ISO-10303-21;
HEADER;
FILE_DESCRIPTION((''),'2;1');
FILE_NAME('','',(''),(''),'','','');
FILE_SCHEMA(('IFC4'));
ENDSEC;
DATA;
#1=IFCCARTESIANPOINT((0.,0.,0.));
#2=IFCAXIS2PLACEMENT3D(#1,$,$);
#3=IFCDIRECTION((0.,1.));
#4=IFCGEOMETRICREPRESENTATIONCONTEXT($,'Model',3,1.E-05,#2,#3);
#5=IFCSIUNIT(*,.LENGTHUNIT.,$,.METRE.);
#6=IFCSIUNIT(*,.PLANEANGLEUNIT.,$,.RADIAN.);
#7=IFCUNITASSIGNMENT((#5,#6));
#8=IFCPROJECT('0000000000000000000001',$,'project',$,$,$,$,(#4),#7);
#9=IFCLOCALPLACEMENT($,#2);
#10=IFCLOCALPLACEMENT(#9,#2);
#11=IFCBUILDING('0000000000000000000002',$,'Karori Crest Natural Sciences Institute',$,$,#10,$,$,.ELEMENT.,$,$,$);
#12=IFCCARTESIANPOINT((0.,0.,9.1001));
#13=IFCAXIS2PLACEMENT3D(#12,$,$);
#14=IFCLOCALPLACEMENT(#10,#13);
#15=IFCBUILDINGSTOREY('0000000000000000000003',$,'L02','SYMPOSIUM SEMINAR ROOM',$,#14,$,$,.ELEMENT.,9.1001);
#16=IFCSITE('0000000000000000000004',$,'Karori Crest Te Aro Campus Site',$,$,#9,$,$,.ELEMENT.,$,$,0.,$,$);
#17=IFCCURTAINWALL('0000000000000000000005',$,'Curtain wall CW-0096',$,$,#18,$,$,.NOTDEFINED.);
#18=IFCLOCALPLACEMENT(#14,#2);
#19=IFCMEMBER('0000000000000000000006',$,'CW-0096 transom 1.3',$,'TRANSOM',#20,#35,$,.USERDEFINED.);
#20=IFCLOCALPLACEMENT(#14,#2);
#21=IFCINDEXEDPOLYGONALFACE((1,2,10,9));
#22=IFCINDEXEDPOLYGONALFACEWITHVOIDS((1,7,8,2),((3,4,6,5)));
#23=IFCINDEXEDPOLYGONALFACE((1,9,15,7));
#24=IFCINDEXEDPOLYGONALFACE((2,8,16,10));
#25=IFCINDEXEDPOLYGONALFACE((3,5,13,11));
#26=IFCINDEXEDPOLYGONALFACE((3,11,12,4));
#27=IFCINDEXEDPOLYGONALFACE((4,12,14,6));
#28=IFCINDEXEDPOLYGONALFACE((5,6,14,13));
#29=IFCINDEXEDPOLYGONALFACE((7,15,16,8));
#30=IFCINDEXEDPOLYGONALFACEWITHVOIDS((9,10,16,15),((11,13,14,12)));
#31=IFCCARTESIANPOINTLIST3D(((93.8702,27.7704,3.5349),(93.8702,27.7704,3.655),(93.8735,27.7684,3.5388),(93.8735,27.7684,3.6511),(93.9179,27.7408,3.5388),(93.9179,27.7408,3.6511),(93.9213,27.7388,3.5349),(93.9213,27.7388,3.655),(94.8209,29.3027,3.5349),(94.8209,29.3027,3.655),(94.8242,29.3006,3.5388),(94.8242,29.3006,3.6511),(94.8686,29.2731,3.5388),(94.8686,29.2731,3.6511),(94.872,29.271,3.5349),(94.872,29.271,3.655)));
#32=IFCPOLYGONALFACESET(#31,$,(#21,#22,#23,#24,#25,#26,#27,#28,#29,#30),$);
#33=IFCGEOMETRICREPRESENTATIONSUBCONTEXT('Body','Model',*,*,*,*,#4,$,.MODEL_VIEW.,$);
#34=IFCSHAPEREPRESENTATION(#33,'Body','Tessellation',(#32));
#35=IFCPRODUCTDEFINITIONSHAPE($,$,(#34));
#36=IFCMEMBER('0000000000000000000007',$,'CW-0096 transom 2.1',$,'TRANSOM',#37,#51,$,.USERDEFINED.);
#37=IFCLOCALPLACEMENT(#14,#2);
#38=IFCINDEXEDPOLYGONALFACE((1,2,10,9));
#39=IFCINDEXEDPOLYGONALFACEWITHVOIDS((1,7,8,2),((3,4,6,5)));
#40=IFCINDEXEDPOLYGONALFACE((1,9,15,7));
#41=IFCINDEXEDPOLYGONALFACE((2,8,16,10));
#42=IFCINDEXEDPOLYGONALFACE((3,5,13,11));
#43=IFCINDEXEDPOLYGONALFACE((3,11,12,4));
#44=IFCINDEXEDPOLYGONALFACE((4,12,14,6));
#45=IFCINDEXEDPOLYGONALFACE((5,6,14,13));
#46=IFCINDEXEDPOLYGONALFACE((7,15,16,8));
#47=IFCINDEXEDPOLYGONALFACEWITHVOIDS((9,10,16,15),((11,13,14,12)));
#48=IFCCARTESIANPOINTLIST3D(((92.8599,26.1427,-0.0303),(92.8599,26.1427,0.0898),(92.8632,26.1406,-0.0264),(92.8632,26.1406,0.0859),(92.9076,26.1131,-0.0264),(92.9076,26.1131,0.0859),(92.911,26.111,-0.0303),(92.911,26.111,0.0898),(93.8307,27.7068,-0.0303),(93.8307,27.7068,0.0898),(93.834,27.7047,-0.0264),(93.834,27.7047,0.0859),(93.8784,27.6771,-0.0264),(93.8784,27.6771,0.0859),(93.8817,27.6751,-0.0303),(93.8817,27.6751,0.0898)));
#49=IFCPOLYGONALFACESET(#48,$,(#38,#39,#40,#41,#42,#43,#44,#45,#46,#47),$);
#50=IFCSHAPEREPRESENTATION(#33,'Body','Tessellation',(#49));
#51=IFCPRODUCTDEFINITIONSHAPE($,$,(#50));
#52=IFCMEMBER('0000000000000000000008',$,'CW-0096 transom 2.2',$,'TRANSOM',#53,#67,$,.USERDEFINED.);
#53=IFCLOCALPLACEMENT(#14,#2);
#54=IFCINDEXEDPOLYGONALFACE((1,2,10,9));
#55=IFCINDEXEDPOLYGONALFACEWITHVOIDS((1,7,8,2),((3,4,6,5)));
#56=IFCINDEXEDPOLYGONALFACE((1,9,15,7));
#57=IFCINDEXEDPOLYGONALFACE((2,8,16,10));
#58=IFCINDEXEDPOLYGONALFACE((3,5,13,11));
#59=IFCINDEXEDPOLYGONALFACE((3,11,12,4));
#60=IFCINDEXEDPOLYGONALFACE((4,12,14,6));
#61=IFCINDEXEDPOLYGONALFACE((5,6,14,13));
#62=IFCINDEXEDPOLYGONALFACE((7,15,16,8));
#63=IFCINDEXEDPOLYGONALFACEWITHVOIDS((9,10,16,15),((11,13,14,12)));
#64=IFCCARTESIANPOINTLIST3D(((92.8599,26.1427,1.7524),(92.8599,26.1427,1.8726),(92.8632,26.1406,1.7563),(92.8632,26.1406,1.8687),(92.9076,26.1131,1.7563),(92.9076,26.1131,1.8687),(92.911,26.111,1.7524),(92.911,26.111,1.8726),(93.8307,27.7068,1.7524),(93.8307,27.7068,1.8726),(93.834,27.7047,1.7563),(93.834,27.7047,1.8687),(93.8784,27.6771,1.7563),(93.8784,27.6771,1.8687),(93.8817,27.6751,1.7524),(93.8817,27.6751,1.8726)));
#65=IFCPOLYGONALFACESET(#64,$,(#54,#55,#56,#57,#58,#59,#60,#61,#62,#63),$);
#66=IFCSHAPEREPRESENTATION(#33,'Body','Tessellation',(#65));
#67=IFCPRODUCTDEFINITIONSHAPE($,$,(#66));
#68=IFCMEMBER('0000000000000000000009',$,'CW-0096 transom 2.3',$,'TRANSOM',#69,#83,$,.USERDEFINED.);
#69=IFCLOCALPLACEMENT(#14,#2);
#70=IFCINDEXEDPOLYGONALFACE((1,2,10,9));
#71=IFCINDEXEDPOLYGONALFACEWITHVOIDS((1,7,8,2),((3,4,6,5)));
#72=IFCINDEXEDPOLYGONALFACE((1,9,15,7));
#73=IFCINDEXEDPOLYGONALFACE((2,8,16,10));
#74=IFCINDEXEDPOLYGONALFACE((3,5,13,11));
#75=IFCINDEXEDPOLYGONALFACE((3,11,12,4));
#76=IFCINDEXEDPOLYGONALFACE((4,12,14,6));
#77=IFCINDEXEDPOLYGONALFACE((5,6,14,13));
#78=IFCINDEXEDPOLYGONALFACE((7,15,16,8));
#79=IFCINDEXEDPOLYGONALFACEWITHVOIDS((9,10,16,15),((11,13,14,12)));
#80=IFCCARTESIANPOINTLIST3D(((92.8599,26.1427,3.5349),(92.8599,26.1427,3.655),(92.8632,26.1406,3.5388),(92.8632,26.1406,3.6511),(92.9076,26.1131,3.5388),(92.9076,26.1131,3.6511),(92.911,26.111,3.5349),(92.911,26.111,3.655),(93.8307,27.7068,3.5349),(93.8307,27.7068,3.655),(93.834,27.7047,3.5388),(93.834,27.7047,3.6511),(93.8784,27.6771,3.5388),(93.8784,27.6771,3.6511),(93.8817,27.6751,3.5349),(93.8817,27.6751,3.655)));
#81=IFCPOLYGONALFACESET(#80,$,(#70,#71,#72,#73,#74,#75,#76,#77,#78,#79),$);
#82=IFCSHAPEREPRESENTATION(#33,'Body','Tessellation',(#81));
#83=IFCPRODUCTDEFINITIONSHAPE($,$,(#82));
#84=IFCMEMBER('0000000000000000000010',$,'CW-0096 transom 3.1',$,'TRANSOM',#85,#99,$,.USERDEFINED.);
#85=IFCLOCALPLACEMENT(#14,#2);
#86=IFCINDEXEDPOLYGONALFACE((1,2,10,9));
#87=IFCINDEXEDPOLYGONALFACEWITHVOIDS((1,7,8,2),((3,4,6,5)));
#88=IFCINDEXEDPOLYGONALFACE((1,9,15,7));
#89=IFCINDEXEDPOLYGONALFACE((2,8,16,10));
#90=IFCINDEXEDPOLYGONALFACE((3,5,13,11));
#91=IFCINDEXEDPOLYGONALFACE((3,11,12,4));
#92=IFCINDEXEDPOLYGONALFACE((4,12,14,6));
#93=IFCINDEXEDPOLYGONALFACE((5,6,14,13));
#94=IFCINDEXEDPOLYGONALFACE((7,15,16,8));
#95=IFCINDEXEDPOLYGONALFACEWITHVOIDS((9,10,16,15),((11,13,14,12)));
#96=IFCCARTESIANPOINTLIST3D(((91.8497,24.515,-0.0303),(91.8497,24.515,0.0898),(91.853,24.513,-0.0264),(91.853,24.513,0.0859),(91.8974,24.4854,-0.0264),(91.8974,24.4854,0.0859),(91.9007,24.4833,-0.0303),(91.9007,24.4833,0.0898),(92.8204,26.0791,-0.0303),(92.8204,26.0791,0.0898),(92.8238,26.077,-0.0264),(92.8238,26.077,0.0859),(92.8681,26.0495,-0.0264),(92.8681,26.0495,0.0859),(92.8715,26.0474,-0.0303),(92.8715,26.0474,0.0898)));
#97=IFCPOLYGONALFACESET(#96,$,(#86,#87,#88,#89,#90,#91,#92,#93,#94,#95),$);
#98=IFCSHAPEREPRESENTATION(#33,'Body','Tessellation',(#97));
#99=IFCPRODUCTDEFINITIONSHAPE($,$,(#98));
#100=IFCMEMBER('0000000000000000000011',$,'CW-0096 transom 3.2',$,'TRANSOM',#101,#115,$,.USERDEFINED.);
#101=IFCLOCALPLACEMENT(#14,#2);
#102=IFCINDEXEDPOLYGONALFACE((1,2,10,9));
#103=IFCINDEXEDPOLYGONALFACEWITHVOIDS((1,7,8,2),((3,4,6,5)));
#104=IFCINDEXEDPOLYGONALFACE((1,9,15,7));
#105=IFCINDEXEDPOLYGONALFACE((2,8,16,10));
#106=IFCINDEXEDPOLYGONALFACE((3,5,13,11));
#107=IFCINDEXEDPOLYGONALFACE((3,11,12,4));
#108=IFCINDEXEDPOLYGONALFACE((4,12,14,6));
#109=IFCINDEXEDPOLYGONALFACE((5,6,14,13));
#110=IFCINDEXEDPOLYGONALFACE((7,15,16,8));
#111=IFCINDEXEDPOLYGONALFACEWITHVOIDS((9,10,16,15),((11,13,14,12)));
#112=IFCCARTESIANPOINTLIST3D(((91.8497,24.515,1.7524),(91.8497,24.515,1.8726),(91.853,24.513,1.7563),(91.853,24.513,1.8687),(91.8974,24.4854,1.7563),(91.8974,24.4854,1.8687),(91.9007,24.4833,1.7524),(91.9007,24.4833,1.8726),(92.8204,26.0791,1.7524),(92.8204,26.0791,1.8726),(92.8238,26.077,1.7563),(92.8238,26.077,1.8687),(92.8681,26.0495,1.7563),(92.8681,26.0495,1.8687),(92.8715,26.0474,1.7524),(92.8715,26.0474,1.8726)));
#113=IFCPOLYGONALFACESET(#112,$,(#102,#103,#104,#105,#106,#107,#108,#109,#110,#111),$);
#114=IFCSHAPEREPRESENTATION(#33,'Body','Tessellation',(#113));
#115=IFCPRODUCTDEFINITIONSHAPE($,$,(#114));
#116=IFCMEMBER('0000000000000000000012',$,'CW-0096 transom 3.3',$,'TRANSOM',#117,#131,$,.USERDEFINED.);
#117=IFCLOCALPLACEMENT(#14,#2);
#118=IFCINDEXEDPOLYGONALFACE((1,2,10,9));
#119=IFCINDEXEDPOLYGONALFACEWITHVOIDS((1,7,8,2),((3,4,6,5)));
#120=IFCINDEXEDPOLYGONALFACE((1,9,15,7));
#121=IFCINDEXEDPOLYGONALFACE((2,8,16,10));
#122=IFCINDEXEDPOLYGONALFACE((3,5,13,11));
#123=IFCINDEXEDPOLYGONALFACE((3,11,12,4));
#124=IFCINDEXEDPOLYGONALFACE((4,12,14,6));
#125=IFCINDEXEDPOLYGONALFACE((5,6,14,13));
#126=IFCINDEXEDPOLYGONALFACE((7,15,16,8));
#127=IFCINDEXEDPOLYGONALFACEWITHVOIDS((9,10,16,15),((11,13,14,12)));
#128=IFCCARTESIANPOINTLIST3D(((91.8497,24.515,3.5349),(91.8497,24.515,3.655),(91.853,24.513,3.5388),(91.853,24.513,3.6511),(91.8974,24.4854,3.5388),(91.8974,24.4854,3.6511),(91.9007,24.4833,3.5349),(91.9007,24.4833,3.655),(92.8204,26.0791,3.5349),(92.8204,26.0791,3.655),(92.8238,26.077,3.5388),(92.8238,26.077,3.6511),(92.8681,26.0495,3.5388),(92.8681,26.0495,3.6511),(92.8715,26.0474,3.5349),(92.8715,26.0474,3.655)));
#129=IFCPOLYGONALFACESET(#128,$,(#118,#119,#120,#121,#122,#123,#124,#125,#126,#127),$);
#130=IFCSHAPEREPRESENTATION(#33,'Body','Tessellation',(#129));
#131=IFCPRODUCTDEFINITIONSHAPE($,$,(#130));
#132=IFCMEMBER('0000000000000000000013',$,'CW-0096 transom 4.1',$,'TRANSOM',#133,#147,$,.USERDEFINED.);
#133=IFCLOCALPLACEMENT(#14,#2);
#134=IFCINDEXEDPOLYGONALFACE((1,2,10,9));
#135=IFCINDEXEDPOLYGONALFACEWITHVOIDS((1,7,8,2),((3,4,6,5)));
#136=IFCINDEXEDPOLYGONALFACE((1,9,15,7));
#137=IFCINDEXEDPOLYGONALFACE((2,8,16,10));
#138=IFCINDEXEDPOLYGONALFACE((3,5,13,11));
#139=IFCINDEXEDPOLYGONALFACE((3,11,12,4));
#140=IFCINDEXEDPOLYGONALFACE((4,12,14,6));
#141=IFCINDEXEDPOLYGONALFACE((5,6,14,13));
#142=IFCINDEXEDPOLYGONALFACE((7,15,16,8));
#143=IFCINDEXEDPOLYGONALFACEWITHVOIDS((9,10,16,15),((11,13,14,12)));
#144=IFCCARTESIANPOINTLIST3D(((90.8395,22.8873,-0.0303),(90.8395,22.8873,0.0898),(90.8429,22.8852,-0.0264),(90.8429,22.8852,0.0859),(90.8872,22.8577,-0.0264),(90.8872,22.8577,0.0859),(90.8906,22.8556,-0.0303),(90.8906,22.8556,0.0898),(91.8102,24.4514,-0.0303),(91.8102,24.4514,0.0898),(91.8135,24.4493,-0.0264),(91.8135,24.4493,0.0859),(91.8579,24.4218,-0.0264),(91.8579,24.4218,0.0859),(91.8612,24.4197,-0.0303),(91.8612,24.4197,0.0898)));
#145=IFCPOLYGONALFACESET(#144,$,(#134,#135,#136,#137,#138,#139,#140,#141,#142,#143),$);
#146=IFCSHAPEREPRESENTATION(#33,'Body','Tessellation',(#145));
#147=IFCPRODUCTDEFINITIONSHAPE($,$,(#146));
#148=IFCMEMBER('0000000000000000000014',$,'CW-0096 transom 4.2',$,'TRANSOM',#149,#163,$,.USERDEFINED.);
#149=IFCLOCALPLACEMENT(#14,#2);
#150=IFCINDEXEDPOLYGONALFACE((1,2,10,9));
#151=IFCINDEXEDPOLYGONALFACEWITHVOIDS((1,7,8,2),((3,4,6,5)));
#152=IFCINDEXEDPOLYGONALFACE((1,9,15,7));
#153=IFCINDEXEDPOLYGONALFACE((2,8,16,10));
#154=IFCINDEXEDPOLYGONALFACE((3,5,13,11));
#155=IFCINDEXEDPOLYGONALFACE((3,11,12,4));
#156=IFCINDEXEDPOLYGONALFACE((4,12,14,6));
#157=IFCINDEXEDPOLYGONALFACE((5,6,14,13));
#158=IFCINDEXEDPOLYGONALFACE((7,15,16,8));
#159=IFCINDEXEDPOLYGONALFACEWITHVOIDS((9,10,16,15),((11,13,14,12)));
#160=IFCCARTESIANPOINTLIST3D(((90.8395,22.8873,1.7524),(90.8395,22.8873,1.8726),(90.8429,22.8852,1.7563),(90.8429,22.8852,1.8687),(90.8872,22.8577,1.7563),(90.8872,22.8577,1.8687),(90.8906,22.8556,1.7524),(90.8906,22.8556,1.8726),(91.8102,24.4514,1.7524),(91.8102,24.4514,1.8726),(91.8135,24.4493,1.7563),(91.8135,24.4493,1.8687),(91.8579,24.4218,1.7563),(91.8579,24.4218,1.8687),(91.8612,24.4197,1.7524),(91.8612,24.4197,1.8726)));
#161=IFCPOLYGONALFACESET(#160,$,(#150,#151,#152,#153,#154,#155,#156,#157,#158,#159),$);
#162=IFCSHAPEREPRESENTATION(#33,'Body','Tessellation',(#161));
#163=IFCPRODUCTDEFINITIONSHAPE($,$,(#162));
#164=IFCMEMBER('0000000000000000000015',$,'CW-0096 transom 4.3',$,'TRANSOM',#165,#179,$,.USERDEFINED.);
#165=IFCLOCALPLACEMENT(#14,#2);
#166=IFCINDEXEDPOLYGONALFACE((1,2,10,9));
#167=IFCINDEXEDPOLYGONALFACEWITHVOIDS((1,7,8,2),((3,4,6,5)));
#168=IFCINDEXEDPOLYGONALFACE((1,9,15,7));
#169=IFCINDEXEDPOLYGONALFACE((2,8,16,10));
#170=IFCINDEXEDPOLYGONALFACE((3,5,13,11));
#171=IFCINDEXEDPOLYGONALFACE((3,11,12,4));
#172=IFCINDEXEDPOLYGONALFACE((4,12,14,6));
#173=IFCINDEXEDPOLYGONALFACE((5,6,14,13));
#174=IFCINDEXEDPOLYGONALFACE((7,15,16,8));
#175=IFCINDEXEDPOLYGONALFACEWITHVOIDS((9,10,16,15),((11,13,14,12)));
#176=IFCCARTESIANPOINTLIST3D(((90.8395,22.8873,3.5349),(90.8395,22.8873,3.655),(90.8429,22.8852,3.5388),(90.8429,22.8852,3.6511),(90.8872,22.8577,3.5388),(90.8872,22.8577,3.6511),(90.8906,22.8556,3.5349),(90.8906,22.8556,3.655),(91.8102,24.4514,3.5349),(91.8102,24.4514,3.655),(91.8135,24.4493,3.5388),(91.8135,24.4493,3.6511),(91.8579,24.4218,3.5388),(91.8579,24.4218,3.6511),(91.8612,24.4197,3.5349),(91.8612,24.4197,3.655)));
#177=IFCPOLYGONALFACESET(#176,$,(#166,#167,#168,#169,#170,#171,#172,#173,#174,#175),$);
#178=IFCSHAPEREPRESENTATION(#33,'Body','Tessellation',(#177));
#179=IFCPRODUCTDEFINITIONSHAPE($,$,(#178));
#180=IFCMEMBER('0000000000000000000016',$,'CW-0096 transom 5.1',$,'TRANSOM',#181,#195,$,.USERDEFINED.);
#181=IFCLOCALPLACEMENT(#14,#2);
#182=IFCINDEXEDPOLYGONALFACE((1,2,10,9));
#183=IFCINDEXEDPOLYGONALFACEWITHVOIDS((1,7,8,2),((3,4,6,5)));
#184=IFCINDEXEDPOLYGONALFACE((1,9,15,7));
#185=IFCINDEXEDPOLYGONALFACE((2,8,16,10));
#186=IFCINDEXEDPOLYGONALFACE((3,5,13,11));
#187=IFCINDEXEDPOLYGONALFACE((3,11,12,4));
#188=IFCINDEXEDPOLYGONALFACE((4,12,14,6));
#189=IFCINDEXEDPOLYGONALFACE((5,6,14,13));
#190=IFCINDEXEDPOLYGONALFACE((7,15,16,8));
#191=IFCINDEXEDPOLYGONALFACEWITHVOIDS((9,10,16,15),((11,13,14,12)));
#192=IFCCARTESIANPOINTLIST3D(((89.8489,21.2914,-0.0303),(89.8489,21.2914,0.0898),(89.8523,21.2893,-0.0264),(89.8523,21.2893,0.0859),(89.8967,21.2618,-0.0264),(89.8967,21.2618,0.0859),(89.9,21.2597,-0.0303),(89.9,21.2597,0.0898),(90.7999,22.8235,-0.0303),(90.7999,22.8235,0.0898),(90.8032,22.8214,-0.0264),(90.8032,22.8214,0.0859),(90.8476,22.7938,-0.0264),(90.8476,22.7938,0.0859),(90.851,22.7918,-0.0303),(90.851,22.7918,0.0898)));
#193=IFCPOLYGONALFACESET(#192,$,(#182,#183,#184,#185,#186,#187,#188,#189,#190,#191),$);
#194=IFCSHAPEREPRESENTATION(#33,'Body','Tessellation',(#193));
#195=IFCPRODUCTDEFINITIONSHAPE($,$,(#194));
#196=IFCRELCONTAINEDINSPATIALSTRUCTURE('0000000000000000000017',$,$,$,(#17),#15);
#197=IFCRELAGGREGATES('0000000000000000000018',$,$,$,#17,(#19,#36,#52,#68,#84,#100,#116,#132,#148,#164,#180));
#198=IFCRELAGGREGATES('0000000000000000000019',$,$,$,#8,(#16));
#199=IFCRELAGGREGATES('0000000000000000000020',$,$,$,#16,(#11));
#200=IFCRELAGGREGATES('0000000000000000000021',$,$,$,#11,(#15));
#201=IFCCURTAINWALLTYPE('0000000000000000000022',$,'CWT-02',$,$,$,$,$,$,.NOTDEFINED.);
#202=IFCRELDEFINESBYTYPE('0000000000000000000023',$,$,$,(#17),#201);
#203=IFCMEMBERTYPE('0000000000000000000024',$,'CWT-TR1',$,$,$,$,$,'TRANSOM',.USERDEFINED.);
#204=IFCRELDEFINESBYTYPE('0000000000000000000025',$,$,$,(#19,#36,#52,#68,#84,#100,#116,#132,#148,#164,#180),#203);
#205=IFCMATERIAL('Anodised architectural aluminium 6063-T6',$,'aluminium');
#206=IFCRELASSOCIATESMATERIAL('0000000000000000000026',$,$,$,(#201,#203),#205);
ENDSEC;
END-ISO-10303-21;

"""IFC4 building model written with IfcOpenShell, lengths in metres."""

from ifc_helpers import new_model, si_unit, direction, frame, origin, origin_2d, place, context, subcontext, project, spatial, hollow_rectangle, extrude, material, material_profile, profile_set, type_object, element, aggregate, save


model = new_model("IFC4")

# Units and contexts
model_context = context("Model", 3, precision=1e-05, world=origin(), true_north=direction((0.0, 1.0)))
body_context = subcontext(model_context, "Body", "Model", "MODEL_VIEW")
ifc_project = project(units=[si_unit("LENGTHUNIT", "METRE"), si_unit("PLANEANGLEUNIT", "RADIAN")], contexts=[model_context])

# Site, building, storey
site_placement = place(None, origin())
site = spatial("IfcSite", under=ifc_project, at=site_placement, Name="Karori Crest Te Aro Campus Site", CompositionType="ELEMENT", RefElevation=0.0)
building_placement = place(site_placement, origin())
building = spatial("IfcBuilding", under=site, at=building_placement, Name="Karori Crest Natural Sciences Institute", CompositionType="ELEMENT")
storey_placement = place(building_placement, frame((0.0, 0.0, 9.1001)))
storey = spatial("IfcBuildingStorey", under=building, at=storey_placement, Name="L02", Description="SYMPOSIUM SEMINAR ROOM", CompositionType="ELEMENT", Elevation=9.1001)

# Curtain wall, members
ifc_material_1 = material(Name="Anodised architectural aluminium 6063-T6", Category="aluminium")
curtain_wall_type = type_object("IfcCurtainWallType", Name="CWT-02", PredefinedType="NOTDEFINED", material=ifc_material_1)
curtain_wall_placement = place(storey_placement, origin())
curtain_wall = element("IfcCurtainWall", 1, at=curtain_wall_placement, inside=storey, type_object=curtain_wall_type, Name="Curtain wall CW-0096", PredefinedType="NOTDEFINED")
ifc_material_profile_1 = material_profile(ifc_material_1, hollow_rectangle(XDim=0.0601, YDim=0.1201, WallThickness=0.0039, at=origin_2d()), Name="CWT120x60x4")
ifc_profile_set_1 = profile_set([ifc_material_profile_1], Name="Anodised architectural aluminium 6063-T6")
member_type_1 = type_object("IfcMemberType", Name="CWT-TR1", ElementType="TRANSOM", PredefinedType="USERDEFINED", material=ifc_profile_set_1)
member_1_placement = place(storey_placement, frame((94.8464, 29.2869, 3.595), z_axis=(-0.527221, -0.849728, 0.0), x_axis=(0.849728, -0.527221, 0.0)))
member_1 = element("IfcMember", 2, at=member_1_placement, type_object=member_type_1, Name="CW-0096 transom 1.3", ObjectType="TRANSOM", PredefinedType="USERDEFINED", context=body_context, shape_type="SweptSolid", body=[
    extrude(hollow_rectangle(XDim=0.0601, YDim=0.1201, WallThickness=0.0039, at=origin_2d()), origin(), (0.0, 0.0, 1.0), 1.8032),
])
member_2_placement = place(storey_placement, frame((93.8562, 27.6909, 0.0298), z_axis=(-0.52735, -0.849648, 0.0), x_axis=(0.849648, -0.52735, 0.0)))
member_2 = element("IfcMember", 3, at=member_2_placement, type_object=member_type_1, Name="CW-0096 transom 2.1", ObjectType="TRANSOM", PredefinedType="USERDEFINED", context=body_context, shape_type="SweptSolid", body=[
    extrude(hollow_rectangle(XDim=0.0601, YDim=0.1201, WallThickness=0.0039, at=origin_2d()), origin(), (0.0, 0.0, 1.0), 1.8408),
])
member_3_placement = place(storey_placement, frame((93.8562, 27.6909, 1.8125), z_axis=(-0.52735, -0.849648, 0.0), x_axis=(0.849648, -0.52735, 0.0)))
member_3 = element("IfcMember", 4, at=member_3_placement, type_object=member_type_1, Name="CW-0096 transom 2.2", ObjectType="TRANSOM", PredefinedType="USERDEFINED", context=body_context, shape_type="SweptSolid", body=[
    extrude(hollow_rectangle(XDim=0.0601, YDim=0.1201, WallThickness=0.0039, at=origin_2d()), origin(), (0.0, 0.0, 1.0), 1.8408),
])
member_4_placement = place(storey_placement, frame((93.8562, 27.6909, 3.595), z_axis=(-0.52735, -0.849648, 0.0), x_axis=(0.849648, -0.52735, 0.0)))
member_4 = element("IfcMember", 5, at=member_4_placement, type_object=member_type_1, Name="CW-0096 transom 2.3", ObjectType="TRANSOM", PredefinedType="USERDEFINED", context=body_context, shape_type="SweptSolid", body=[
    extrude(hollow_rectangle(XDim=0.0601, YDim=0.1201, WallThickness=0.0039, at=origin_2d()), origin(), (0.0, 0.0, 1.0), 1.8408),
])
member_5_placement = place(storey_placement, frame((92.8459, 26.0632, 0.0298), z_axis=(-0.52735, -0.849648, 0.0), x_axis=(0.849648, -0.52735, 0.0)))
member_5 = element("IfcMember", 6, at=member_5_placement, type_object=member_type_1, Name="CW-0096 transom 3.1", ObjectType="TRANSOM", PredefinedType="USERDEFINED", context=body_context, shape_type="SweptSolid", body=[
    extrude(hollow_rectangle(XDim=0.0601, YDim=0.1201, WallThickness=0.0039, at=origin_2d()), origin(), (0.0, 0.0, 1.0), 1.8408),
])
member_6_placement = place(storey_placement, frame((92.8459, 26.0632, 1.8125), z_axis=(-0.52735, -0.849648, 0.0), x_axis=(0.849648, -0.52735, 0.0)))
member_6 = element("IfcMember", 7, at=member_6_placement, type_object=member_type_1, Name="CW-0096 transom 3.2", ObjectType="TRANSOM", PredefinedType="USERDEFINED", context=body_context, shape_type="SweptSolid", body=[
    extrude(hollow_rectangle(XDim=0.0601, YDim=0.1201, WallThickness=0.0039, at=origin_2d()), origin(), (0.0, 0.0, 1.0), 1.8408),
])
member_7_placement = place(storey_placement, frame((92.8459, 26.0632, 3.595), z_axis=(-0.52735, -0.849648, 0.0), x_axis=(0.849648, -0.52735, 0.0)))
member_7 = element("IfcMember", 8, at=member_7_placement, type_object=member_type_1, Name="CW-0096 transom 3.3", ObjectType="TRANSOM", PredefinedType="USERDEFINED", context=body_context, shape_type="SweptSolid", body=[
    extrude(hollow_rectangle(XDim=0.0601, YDim=0.1201, WallThickness=0.0039, at=origin_2d()), origin(), (0.0, 0.0, 1.0), 1.8408),
])
member_8_placement = place(storey_placement, frame((91.8357, 24.4355, 0.0298), z_axis=(-0.52729, -0.849685, 0.0), x_axis=(0.849685, -0.52729, 0.0)))
member_8 = element("IfcMember", 9, at=member_8_placement, type_object=member_type_1, Name="CW-0096 transom 4.1", ObjectType="TRANSOM", PredefinedType="USERDEFINED", context=body_context, shape_type="SweptSolid", body=[
    extrude(hollow_rectangle(XDim=0.0601, YDim=0.1201, WallThickness=0.0039, at=origin_2d()), origin(), (0.0, 0.0, 1.0), 1.8408),
])
member_9_placement = place(storey_placement, frame((91.8357, 24.4355, 1.8125), z_axis=(-0.52729, -0.849685, 0.0), x_axis=(0.849685, -0.52729, 0.0)))
member_9 = element("IfcMember", 10, at=member_9_placement, type_object=member_type_1, Name="CW-0096 transom 4.2", ObjectType="TRANSOM", PredefinedType="USERDEFINED", context=body_context, shape_type="SweptSolid", body=[
    extrude(hollow_rectangle(XDim=0.0601, YDim=0.1201, WallThickness=0.0039, at=origin_2d()), origin(), (0.0, 0.0, 1.0), 1.8408),
])
member_10_placement = place(storey_placement, frame((91.8357, 24.4355, 3.595), z_axis=(-0.52729, -0.849685, 0.0), x_axis=(0.849685, -0.52729, 0.0)))
member_10 = element("IfcMember", 11, at=member_10_placement, type_object=member_type_1, Name="CW-0096 transom 4.3", ObjectType="TRANSOM", PredefinedType="USERDEFINED", context=body_context, shape_type="SweptSolid", body=[
    extrude(hollow_rectangle(XDim=0.0601, YDim=0.1201, WallThickness=0.0039, at=origin_2d()), origin(), (0.0, 0.0, 1.0), 1.8408),
])
member_11_placement = place(storey_placement, frame((90.8254, 22.8076, 0.0298), z_axis=(-0.52738, -0.84963, 0.0), x_axis=(0.84963, -0.52738, 0.0)))
member_11 = element("IfcMember", 12, at=member_11_placement, type_object=member_type_1, Name="CW-0096 transom 5.1", ObjectType="TRANSOM", PredefinedType="USERDEFINED", context=body_context, shape_type="SweptSolid", body=[
    extrude(hollow_rectangle(XDim=0.0601, YDim=0.1201, WallThickness=0.0039, at=origin_2d()), origin(), (0.0, 0.0, 1.0), 1.8032),
])
aggregate(curtain_wall, [member_1, member_2, member_3, member_4, member_5, member_6, member_7, member_8, member_9, member_10, member_11])

save(model, "model.ifc")
